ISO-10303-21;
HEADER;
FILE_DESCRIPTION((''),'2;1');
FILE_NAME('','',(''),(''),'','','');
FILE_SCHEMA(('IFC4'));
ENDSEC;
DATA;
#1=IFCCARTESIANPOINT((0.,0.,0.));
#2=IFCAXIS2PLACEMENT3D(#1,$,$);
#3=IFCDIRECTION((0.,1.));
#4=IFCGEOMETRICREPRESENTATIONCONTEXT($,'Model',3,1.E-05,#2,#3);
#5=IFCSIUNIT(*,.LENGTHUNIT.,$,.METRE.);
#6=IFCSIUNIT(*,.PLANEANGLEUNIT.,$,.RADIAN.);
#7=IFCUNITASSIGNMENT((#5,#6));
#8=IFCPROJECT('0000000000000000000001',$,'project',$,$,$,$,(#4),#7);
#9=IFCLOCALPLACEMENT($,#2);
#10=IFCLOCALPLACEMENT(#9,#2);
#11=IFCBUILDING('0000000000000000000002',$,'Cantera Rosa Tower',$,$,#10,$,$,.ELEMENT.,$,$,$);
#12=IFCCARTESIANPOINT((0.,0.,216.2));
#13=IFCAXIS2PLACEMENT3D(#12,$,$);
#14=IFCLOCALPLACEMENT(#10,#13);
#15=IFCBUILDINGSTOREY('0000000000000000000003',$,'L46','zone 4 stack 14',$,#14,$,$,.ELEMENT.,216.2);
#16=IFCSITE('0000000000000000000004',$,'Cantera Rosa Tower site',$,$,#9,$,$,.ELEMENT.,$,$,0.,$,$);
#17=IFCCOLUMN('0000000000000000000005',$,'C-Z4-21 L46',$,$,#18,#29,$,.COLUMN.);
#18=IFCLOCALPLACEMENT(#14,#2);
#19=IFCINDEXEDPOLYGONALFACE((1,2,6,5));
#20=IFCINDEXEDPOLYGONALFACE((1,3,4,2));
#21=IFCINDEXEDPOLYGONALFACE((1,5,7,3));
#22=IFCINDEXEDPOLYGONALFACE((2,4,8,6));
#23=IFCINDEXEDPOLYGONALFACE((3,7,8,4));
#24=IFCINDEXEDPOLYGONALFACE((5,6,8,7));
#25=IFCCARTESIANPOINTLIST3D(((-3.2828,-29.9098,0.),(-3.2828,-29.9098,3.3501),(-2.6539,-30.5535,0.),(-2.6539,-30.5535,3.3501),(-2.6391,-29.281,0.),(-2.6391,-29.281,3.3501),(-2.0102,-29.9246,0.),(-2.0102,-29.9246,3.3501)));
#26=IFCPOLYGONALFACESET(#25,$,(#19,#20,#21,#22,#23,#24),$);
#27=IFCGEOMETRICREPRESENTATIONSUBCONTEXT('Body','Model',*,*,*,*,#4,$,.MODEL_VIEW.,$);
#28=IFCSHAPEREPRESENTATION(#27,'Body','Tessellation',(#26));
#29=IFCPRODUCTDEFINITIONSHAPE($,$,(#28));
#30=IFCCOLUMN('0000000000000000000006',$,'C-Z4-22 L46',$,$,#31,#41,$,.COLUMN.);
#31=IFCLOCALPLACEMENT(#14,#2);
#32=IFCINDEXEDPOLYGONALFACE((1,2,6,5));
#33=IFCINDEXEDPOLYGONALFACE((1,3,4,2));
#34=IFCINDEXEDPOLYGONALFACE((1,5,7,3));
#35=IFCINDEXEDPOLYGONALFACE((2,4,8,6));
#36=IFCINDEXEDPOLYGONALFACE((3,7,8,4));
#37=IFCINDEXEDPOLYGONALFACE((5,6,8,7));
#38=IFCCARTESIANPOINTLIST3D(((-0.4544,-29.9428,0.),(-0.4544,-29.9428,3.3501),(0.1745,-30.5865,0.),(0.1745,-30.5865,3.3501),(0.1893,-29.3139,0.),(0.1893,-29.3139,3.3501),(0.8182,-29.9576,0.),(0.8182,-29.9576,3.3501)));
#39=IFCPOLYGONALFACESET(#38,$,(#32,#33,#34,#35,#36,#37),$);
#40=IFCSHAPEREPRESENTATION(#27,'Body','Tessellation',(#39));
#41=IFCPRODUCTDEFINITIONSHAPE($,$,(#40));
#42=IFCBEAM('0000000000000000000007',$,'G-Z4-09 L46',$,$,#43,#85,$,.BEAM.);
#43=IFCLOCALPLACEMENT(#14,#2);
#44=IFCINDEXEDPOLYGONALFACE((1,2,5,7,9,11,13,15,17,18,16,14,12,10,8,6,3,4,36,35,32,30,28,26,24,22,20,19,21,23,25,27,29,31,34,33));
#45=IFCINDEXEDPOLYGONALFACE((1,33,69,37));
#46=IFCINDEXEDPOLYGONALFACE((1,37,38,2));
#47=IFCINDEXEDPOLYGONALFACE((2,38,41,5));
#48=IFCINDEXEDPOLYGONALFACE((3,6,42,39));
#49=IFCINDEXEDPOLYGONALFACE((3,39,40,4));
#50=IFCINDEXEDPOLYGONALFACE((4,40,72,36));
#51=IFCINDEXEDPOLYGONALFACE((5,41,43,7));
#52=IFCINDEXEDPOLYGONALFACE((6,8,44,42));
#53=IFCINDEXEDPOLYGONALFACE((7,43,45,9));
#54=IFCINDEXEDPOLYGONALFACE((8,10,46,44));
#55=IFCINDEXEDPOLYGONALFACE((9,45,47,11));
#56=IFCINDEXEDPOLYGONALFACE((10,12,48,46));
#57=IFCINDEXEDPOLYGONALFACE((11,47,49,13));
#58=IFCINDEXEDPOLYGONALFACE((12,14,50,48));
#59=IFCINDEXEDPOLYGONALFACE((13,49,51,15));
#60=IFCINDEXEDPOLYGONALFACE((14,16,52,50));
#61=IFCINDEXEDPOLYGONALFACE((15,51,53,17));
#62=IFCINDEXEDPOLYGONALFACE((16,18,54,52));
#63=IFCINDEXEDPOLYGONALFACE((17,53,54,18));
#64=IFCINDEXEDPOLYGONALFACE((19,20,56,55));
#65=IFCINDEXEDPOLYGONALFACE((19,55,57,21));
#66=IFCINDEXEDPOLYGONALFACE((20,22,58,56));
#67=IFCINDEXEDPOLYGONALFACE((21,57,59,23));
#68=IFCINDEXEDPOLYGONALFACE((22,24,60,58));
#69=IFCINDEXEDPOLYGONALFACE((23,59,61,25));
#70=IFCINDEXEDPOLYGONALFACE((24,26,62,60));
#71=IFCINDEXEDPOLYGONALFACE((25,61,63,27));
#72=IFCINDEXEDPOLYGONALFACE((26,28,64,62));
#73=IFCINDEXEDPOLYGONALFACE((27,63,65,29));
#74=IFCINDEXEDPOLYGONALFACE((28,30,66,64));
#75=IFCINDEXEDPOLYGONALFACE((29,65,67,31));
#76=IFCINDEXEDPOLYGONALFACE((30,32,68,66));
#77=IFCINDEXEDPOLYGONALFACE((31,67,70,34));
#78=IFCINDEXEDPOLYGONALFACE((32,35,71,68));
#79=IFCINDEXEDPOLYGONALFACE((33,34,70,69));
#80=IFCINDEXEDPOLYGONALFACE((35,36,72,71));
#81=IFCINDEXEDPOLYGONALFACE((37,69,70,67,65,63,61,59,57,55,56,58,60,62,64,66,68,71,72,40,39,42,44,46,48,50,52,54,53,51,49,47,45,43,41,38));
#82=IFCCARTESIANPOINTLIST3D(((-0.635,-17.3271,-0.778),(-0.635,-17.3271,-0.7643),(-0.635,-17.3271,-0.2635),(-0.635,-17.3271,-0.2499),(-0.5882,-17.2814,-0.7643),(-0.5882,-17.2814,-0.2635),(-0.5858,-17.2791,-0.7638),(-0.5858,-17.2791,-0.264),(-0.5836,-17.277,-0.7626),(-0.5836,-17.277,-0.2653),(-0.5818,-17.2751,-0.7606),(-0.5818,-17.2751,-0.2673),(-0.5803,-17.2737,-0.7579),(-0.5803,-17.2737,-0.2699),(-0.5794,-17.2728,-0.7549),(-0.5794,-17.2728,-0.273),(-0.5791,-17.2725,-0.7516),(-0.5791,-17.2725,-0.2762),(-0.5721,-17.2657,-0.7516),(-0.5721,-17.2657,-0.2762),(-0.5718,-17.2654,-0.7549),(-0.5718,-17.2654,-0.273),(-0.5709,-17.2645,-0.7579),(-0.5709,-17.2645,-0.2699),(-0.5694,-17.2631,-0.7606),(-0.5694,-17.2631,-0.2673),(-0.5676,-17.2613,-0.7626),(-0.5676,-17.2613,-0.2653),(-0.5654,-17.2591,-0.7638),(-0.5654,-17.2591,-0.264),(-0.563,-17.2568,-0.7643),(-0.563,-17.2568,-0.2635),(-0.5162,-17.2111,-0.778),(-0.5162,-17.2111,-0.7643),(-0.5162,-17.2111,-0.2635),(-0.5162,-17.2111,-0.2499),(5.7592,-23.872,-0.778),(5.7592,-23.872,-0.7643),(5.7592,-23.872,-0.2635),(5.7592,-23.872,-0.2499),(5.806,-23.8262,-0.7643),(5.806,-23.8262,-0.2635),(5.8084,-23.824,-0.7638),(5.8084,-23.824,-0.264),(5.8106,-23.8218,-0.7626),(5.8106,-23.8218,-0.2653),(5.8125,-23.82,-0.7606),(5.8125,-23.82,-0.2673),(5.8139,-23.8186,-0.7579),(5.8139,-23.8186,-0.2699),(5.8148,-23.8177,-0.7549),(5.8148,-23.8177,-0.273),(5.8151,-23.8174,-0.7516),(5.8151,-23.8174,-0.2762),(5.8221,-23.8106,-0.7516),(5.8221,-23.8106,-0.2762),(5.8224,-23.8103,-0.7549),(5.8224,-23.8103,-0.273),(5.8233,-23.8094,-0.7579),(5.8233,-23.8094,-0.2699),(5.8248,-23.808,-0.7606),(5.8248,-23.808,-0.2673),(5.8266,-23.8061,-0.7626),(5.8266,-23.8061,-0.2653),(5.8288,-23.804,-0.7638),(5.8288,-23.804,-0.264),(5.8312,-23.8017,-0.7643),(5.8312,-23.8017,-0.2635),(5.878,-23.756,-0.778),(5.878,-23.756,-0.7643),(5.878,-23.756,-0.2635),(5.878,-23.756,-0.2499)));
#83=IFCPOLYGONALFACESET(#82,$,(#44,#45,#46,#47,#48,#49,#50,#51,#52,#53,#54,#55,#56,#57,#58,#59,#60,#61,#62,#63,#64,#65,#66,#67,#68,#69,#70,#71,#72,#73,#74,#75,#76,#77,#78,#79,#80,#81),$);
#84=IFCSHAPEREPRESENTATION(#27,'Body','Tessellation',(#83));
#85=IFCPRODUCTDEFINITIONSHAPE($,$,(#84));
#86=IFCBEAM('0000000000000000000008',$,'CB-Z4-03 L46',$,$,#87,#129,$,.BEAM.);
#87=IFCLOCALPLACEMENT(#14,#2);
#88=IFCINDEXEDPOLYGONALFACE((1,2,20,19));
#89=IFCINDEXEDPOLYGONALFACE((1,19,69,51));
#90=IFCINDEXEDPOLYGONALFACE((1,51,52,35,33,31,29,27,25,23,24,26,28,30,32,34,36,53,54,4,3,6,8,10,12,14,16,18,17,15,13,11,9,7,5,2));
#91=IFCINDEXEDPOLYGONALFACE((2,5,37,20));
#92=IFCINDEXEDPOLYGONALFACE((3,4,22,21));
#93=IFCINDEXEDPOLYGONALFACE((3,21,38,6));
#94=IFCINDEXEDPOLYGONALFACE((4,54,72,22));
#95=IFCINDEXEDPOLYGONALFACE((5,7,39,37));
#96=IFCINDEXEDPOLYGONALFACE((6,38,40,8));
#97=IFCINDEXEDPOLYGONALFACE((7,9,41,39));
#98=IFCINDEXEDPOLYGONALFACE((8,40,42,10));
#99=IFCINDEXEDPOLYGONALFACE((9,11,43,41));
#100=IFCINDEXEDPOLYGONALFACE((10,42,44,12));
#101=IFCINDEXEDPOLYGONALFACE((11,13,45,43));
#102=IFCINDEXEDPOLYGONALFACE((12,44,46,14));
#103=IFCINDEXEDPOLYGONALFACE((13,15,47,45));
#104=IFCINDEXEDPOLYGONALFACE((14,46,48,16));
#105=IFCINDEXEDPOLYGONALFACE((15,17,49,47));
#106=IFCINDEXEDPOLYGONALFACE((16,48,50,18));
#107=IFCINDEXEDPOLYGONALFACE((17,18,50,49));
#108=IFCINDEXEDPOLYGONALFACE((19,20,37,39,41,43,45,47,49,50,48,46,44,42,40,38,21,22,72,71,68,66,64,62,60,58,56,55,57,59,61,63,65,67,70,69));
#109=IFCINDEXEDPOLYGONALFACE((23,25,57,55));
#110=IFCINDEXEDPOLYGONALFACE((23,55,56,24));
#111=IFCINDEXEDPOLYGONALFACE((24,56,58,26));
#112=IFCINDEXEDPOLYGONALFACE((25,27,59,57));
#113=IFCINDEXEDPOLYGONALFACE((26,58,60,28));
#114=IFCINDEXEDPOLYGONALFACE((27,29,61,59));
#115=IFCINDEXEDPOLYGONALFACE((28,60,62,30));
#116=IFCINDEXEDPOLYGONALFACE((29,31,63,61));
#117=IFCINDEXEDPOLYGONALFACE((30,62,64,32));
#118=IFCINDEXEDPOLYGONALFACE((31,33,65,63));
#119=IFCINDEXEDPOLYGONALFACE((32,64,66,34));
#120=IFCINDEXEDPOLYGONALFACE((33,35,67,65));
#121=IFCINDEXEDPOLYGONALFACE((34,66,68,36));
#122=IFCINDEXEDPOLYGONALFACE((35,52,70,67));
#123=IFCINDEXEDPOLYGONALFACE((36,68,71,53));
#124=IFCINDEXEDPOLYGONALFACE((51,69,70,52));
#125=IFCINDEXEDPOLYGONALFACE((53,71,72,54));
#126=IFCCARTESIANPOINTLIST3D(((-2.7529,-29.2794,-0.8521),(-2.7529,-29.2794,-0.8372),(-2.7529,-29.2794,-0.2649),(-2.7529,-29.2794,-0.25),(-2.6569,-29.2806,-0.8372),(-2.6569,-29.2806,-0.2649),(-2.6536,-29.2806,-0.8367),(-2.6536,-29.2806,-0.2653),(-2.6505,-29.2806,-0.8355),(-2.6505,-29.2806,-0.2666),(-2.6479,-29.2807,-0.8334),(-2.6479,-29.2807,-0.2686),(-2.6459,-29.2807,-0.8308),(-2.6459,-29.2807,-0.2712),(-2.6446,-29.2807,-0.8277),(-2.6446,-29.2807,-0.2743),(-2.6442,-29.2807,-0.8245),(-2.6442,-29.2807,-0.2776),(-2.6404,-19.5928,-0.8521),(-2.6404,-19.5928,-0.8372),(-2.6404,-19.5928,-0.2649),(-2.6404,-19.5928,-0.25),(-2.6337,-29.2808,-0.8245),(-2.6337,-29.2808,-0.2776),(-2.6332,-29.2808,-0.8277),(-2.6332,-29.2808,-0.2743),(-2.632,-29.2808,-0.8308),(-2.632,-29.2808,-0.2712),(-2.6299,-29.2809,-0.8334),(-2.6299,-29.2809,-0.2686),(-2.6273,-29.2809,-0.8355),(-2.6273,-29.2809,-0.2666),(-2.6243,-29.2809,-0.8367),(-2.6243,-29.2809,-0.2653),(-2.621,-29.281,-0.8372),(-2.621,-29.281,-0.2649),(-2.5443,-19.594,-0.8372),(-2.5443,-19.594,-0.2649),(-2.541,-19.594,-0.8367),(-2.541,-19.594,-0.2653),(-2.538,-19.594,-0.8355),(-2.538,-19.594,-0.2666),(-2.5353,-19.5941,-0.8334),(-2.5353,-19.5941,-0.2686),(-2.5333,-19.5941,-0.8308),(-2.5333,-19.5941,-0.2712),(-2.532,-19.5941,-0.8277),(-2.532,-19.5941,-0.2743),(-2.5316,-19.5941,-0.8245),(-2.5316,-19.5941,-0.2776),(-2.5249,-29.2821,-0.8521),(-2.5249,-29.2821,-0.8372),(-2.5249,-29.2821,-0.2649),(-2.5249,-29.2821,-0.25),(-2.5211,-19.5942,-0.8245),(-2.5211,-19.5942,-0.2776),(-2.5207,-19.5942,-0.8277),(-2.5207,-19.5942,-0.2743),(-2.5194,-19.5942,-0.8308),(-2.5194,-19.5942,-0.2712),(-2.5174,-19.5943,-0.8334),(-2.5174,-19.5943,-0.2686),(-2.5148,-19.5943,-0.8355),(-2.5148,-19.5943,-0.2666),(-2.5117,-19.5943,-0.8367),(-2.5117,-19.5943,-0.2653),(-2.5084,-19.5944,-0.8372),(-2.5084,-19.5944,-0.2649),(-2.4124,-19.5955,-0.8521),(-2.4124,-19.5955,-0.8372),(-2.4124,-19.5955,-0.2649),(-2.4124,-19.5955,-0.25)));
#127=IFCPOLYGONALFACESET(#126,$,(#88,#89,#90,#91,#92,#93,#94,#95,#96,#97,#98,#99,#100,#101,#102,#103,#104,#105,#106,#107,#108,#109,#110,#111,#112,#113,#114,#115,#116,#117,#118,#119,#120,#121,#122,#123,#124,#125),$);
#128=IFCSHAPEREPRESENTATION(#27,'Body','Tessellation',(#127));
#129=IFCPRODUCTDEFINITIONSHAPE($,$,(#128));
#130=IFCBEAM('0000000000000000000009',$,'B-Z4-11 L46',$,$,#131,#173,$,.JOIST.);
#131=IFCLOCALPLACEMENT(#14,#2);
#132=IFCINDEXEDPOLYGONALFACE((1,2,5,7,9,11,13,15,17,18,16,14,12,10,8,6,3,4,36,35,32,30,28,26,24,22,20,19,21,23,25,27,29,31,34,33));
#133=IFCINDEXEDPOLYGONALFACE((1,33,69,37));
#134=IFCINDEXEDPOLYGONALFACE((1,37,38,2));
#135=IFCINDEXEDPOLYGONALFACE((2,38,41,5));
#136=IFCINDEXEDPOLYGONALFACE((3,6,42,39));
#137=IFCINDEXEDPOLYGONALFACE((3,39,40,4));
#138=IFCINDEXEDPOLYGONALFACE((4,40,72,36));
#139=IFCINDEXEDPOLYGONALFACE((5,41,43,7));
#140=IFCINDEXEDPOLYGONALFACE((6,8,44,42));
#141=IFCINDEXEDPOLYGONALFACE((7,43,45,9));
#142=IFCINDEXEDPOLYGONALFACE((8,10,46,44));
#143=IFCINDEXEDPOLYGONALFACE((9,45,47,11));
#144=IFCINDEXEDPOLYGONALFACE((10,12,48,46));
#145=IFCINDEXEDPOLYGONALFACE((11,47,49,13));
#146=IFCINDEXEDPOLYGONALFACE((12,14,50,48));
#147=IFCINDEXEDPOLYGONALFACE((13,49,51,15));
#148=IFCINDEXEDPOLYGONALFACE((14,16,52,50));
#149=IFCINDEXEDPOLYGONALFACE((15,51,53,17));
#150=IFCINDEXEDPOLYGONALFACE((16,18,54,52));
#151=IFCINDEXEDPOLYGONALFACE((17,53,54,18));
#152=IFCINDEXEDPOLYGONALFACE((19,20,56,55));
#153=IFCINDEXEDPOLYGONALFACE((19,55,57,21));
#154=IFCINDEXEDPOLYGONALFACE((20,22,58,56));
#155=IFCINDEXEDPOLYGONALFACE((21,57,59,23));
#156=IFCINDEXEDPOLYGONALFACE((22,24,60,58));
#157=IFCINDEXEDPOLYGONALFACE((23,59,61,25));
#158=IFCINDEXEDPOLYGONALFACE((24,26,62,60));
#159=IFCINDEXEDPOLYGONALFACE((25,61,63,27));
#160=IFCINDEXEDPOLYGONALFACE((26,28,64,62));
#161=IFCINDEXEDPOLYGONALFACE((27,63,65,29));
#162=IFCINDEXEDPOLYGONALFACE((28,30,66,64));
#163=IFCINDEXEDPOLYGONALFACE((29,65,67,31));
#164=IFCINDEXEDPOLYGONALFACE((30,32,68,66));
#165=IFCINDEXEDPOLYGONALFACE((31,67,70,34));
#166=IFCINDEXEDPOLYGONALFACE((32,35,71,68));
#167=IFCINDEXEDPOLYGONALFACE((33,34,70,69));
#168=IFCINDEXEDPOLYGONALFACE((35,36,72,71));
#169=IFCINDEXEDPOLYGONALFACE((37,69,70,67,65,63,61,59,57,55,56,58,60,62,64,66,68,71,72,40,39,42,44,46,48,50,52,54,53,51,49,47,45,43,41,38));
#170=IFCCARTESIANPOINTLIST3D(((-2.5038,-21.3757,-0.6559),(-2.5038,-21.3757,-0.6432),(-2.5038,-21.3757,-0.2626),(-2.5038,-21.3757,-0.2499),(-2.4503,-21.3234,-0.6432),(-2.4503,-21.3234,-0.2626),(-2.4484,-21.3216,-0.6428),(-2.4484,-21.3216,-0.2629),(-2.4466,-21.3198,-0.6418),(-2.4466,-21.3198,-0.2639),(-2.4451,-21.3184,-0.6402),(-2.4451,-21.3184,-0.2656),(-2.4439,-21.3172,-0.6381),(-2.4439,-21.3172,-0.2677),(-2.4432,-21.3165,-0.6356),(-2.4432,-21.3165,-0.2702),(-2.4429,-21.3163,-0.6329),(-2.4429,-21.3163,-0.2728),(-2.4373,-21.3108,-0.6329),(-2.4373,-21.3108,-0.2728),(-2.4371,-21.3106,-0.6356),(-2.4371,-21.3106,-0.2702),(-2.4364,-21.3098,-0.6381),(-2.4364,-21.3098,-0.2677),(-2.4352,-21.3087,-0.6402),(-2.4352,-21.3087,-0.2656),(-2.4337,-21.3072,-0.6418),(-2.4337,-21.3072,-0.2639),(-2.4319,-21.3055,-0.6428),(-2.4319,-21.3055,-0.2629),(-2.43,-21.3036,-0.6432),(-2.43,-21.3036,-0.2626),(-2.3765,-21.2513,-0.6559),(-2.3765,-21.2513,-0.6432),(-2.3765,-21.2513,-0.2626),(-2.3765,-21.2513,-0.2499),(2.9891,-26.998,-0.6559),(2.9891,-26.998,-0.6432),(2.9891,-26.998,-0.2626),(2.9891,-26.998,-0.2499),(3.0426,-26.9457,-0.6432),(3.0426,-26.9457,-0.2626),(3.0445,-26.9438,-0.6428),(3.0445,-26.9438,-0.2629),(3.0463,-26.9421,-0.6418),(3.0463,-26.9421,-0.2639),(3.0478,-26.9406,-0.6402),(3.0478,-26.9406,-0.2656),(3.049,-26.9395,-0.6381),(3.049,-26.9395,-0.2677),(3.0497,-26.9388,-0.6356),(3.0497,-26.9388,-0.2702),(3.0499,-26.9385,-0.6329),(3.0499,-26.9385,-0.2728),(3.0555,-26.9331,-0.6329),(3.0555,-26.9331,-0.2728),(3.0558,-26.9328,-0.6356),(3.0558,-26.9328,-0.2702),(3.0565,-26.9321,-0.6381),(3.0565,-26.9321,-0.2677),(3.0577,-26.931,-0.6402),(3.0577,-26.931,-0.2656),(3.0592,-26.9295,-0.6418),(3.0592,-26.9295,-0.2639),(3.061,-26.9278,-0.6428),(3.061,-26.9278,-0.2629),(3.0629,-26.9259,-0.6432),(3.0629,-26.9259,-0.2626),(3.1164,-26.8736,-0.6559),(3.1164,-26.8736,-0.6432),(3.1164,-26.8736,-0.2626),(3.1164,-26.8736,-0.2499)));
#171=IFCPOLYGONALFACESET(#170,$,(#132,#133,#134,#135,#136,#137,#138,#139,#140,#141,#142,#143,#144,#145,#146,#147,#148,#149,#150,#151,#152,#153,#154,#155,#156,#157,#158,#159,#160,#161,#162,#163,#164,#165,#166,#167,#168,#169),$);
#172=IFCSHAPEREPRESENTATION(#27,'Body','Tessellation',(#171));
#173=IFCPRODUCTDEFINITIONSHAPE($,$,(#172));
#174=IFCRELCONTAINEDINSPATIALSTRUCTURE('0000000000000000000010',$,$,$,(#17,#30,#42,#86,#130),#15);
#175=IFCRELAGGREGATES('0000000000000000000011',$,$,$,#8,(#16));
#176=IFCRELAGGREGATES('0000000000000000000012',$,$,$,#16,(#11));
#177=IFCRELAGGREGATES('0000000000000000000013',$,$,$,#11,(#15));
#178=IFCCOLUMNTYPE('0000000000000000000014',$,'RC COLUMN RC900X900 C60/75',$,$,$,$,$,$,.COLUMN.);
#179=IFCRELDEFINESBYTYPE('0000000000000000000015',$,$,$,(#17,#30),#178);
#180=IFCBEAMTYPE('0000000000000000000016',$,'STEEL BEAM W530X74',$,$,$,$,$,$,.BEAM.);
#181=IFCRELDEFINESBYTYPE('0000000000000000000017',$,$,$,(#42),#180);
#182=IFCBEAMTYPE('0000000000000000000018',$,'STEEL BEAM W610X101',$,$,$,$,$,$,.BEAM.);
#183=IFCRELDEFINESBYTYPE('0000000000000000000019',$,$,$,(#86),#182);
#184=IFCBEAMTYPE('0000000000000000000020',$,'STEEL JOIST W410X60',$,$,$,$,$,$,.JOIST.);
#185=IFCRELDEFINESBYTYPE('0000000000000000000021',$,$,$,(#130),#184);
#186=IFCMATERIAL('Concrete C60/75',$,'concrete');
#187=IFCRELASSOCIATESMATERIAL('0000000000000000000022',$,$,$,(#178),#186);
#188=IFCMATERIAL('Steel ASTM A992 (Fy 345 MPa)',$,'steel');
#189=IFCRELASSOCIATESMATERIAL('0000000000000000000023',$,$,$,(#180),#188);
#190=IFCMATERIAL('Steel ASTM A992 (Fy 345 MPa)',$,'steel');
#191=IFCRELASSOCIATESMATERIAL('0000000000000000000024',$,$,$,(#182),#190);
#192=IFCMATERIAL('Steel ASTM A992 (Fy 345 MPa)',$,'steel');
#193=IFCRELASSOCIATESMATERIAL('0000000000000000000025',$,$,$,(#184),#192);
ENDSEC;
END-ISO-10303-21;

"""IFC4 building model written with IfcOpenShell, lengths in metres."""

from ifc_helpers import new_model, si_unit, direction, frame, origin, origin_2d, place, context, subcontext, project, spatial, rectangle, i_section, extrude, material, material_profile, profile_set, type_object, element, save


model = new_model("IFC4")

# Units and contexts
model_context = context("Model", 3, precision=1e-05, world=origin(), true_north=direction((0.0, 1.0)))
body_context = subcontext(model_context, "Body", "Model", "MODEL_VIEW")
ifc_project = project(units=[si_unit("LENGTHUNIT", "METRE"), si_unit("PLANEANGLEUNIT", "RADIAN")], contexts=[model_context])

# Site, building, storey
site_placement = place(None, origin())
site = spatial("IfcSite", under=ifc_project, at=site_placement, Name="Cantera Rosa Tower site", CompositionType="ELEMENT", RefElevation=0.0)
building_placement = place(site_placement, origin())
building = spatial("IfcBuilding", under=site, at=building_placement, Name="Cantera Rosa Tower", CompositionType="ELEMENT")
storey_placement = place(building_placement, frame((0.0, 0.0, 216.2)))
storey = spatial("IfcBuildingStorey", under=building, at=storey_placement, Name="L46", Description="zone 4 stack 14", CompositionType="ELEMENT", Elevation=216.2)

# Columns
ifc_material_1 = material(Name="Concrete C60/75", Category="concrete")
ifc_material_profile_1 = material_profile(ifc_material_1, rectangle(XDim=0.8999, YDim=0.8999, at=origin_2d()), Name="RC COLUMN RC900X900 C60/75")
ifc_profile_set_1 = profile_set([ifc_material_profile_1], Name="Concrete C60/75")
column_type = type_object("IfcColumnType", Name="RC COLUMN RC900X900 C60/75", PredefinedType="COLUMN", material=ifc_profile_set_1)
for number, where, z_axis, x_axis, name in (
    (1, (-2.6465, -29.9172, 0.0), (0.0, 0.0, 1.0), (0.715286, 0.698832, 0.0), "C-Z4-21 L46"),
    (2, (0.1819, -29.9502, 0.0), (0.0, 0.0, 1.0), (0.715286, 0.698832, 0.0), "C-Z4-22 L46"),
):
    element("IfcColumn", number, at=place(storey_placement, frame(where, z_axis=z_axis, x_axis=x_axis)), inside=storey, type_object=column_type, Name=name, PredefinedType="COLUMN", context=body_context, shape_type="SweptSolid", body=[
        extrude(rectangle(XDim=0.8999, YDim=0.8999, at=origin_2d()), origin(), (0.0, 0.0, 1.0), 3.3501),
    ])

# Beams
ifc_material_2 = material(Name="Steel ASTM A992 (Fy 345 MPa)", Category="steel")
ifc_material_profile_2 = material_profile(ifc_material_2, i_section(OverallWidth=0.166, OverallDepth=0.5281, WebThickness=0.0098, FlangeThickness=0.0137, FilletRadius=0.0127, at=origin_2d()), Name="W530X74")
ifc_profile_set_2 = profile_set([ifc_material_profile_2], Name="Steel ASTM A992 (Fy 345 MPa)")
beam_type_1 = type_object("IfcBeamType", Name="STEEL BEAM W530X74", PredefinedType="BEAM", material=ifc_profile_set_2)
beam_1_placement = place(storey_placement, frame((5.8186, -23.814, -0.5139), z_axis=(-0.698827, 0.71529, 0.0), x_axis=(-0.71529, -0.698827, 0.0)))
element("IfcBeam", 3, at=beam_1_placement, inside=storey, type_object=beam_type_1, Name="G-Z4-09 L46", PredefinedType="BEAM", context=body_context, shape_type="SweptSolid", body=[
    extrude(i_section(OverallWidth=0.166, OverallDepth=0.5281, WebThickness=0.0098, FlangeThickness=0.0137, FilletRadius=0.0127, at=origin_2d()), origin(), (0.0, 0.0, 1.0), 9.1499),
])
ifc_material_3 = material(Name="Steel ASTM A992 (Fy 345 MPa)", Category="steel")
ifc_material_profile_3 = material_profile(ifc_material_3, i_section(OverallWidth=0.228, OverallDepth=0.6021, WebThickness=0.0105, FlangeThickness=0.0149, FilletRadius=0.0127, at=origin_2d()), Name="W610X101")
ifc_profile_set_3 = profile_set([ifc_material_profile_3], Name="Steel ASTM A992 (Fy 345 MPa)")
beam_type_2 = type_object("IfcBeamType", Name="STEEL BEAM W610X101", PredefinedType="BEAM", material=ifc_profile_set_3)
beam_2_placement = place(storey_placement, frame((-2.6389, -29.2808, -0.551), z_axis=(0.011618, 0.999933, 0.0), x_axis=(-0.999933, 0.011618, 0.0)))
element("IfcBeam", 4, at=beam_2_placement, inside=storey, type_object=beam_type_2, Name="CB-Z4-03 L46", PredefinedType="BEAM", context=body_context, shape_type="SweptSolid", body=[
    extrude(i_section(OverallWidth=0.228, OverallDepth=0.6021, WebThickness=0.0105, FlangeThickness=0.0149, FilletRadius=0.0127, at=origin_2d()), origin(), (0.0, 0.0, 1.0), 9.6873),
])
ifc_material_4 = material(Name="Steel ASTM A992 (Fy 345 MPa)", Category="steel")
ifc_material_profile_4 = material_profile(ifc_material_4, i_section(OverallWidth=0.178, OverallDepth=0.406, WebThickness=0.0078, FlangeThickness=0.0127, FilletRadius=0.0103, at=origin_2d()), Name="W410X60")
ifc_profile_set_4 = profile_set([ifc_material_profile_4], Name="Steel ASTM A992 (Fy 345 MPa)")
beam_type_3 = type_object("IfcBeamType", Name="STEEL JOIST W410X60", PredefinedType="JOIST", material=ifc_profile_set_4)
beam_3_placement = place(storey_placement, frame((3.0527, -26.9358, -0.4529), z_axis=(-0.698828, 0.71529, 0.0), x_axis=(-0.71529, -0.698828, 0.0)))
element("IfcBeam", 5, at=beam_3_placement, inside=storey, type_object=beam_type_3, Name="B-Z4-11 L46", PredefinedType="JOIST", context=body_context, shape_type="SweptSolid", body=[
    extrude(i_section(OverallWidth=0.178, OverallDepth=0.406, WebThickness=0.0078, FlangeThickness=0.0127, FilletRadius=0.0103, at=origin_2d()), origin(), (0.0, 0.0, 1.0), 7.8601),
])

save(model, "model.ifc")
